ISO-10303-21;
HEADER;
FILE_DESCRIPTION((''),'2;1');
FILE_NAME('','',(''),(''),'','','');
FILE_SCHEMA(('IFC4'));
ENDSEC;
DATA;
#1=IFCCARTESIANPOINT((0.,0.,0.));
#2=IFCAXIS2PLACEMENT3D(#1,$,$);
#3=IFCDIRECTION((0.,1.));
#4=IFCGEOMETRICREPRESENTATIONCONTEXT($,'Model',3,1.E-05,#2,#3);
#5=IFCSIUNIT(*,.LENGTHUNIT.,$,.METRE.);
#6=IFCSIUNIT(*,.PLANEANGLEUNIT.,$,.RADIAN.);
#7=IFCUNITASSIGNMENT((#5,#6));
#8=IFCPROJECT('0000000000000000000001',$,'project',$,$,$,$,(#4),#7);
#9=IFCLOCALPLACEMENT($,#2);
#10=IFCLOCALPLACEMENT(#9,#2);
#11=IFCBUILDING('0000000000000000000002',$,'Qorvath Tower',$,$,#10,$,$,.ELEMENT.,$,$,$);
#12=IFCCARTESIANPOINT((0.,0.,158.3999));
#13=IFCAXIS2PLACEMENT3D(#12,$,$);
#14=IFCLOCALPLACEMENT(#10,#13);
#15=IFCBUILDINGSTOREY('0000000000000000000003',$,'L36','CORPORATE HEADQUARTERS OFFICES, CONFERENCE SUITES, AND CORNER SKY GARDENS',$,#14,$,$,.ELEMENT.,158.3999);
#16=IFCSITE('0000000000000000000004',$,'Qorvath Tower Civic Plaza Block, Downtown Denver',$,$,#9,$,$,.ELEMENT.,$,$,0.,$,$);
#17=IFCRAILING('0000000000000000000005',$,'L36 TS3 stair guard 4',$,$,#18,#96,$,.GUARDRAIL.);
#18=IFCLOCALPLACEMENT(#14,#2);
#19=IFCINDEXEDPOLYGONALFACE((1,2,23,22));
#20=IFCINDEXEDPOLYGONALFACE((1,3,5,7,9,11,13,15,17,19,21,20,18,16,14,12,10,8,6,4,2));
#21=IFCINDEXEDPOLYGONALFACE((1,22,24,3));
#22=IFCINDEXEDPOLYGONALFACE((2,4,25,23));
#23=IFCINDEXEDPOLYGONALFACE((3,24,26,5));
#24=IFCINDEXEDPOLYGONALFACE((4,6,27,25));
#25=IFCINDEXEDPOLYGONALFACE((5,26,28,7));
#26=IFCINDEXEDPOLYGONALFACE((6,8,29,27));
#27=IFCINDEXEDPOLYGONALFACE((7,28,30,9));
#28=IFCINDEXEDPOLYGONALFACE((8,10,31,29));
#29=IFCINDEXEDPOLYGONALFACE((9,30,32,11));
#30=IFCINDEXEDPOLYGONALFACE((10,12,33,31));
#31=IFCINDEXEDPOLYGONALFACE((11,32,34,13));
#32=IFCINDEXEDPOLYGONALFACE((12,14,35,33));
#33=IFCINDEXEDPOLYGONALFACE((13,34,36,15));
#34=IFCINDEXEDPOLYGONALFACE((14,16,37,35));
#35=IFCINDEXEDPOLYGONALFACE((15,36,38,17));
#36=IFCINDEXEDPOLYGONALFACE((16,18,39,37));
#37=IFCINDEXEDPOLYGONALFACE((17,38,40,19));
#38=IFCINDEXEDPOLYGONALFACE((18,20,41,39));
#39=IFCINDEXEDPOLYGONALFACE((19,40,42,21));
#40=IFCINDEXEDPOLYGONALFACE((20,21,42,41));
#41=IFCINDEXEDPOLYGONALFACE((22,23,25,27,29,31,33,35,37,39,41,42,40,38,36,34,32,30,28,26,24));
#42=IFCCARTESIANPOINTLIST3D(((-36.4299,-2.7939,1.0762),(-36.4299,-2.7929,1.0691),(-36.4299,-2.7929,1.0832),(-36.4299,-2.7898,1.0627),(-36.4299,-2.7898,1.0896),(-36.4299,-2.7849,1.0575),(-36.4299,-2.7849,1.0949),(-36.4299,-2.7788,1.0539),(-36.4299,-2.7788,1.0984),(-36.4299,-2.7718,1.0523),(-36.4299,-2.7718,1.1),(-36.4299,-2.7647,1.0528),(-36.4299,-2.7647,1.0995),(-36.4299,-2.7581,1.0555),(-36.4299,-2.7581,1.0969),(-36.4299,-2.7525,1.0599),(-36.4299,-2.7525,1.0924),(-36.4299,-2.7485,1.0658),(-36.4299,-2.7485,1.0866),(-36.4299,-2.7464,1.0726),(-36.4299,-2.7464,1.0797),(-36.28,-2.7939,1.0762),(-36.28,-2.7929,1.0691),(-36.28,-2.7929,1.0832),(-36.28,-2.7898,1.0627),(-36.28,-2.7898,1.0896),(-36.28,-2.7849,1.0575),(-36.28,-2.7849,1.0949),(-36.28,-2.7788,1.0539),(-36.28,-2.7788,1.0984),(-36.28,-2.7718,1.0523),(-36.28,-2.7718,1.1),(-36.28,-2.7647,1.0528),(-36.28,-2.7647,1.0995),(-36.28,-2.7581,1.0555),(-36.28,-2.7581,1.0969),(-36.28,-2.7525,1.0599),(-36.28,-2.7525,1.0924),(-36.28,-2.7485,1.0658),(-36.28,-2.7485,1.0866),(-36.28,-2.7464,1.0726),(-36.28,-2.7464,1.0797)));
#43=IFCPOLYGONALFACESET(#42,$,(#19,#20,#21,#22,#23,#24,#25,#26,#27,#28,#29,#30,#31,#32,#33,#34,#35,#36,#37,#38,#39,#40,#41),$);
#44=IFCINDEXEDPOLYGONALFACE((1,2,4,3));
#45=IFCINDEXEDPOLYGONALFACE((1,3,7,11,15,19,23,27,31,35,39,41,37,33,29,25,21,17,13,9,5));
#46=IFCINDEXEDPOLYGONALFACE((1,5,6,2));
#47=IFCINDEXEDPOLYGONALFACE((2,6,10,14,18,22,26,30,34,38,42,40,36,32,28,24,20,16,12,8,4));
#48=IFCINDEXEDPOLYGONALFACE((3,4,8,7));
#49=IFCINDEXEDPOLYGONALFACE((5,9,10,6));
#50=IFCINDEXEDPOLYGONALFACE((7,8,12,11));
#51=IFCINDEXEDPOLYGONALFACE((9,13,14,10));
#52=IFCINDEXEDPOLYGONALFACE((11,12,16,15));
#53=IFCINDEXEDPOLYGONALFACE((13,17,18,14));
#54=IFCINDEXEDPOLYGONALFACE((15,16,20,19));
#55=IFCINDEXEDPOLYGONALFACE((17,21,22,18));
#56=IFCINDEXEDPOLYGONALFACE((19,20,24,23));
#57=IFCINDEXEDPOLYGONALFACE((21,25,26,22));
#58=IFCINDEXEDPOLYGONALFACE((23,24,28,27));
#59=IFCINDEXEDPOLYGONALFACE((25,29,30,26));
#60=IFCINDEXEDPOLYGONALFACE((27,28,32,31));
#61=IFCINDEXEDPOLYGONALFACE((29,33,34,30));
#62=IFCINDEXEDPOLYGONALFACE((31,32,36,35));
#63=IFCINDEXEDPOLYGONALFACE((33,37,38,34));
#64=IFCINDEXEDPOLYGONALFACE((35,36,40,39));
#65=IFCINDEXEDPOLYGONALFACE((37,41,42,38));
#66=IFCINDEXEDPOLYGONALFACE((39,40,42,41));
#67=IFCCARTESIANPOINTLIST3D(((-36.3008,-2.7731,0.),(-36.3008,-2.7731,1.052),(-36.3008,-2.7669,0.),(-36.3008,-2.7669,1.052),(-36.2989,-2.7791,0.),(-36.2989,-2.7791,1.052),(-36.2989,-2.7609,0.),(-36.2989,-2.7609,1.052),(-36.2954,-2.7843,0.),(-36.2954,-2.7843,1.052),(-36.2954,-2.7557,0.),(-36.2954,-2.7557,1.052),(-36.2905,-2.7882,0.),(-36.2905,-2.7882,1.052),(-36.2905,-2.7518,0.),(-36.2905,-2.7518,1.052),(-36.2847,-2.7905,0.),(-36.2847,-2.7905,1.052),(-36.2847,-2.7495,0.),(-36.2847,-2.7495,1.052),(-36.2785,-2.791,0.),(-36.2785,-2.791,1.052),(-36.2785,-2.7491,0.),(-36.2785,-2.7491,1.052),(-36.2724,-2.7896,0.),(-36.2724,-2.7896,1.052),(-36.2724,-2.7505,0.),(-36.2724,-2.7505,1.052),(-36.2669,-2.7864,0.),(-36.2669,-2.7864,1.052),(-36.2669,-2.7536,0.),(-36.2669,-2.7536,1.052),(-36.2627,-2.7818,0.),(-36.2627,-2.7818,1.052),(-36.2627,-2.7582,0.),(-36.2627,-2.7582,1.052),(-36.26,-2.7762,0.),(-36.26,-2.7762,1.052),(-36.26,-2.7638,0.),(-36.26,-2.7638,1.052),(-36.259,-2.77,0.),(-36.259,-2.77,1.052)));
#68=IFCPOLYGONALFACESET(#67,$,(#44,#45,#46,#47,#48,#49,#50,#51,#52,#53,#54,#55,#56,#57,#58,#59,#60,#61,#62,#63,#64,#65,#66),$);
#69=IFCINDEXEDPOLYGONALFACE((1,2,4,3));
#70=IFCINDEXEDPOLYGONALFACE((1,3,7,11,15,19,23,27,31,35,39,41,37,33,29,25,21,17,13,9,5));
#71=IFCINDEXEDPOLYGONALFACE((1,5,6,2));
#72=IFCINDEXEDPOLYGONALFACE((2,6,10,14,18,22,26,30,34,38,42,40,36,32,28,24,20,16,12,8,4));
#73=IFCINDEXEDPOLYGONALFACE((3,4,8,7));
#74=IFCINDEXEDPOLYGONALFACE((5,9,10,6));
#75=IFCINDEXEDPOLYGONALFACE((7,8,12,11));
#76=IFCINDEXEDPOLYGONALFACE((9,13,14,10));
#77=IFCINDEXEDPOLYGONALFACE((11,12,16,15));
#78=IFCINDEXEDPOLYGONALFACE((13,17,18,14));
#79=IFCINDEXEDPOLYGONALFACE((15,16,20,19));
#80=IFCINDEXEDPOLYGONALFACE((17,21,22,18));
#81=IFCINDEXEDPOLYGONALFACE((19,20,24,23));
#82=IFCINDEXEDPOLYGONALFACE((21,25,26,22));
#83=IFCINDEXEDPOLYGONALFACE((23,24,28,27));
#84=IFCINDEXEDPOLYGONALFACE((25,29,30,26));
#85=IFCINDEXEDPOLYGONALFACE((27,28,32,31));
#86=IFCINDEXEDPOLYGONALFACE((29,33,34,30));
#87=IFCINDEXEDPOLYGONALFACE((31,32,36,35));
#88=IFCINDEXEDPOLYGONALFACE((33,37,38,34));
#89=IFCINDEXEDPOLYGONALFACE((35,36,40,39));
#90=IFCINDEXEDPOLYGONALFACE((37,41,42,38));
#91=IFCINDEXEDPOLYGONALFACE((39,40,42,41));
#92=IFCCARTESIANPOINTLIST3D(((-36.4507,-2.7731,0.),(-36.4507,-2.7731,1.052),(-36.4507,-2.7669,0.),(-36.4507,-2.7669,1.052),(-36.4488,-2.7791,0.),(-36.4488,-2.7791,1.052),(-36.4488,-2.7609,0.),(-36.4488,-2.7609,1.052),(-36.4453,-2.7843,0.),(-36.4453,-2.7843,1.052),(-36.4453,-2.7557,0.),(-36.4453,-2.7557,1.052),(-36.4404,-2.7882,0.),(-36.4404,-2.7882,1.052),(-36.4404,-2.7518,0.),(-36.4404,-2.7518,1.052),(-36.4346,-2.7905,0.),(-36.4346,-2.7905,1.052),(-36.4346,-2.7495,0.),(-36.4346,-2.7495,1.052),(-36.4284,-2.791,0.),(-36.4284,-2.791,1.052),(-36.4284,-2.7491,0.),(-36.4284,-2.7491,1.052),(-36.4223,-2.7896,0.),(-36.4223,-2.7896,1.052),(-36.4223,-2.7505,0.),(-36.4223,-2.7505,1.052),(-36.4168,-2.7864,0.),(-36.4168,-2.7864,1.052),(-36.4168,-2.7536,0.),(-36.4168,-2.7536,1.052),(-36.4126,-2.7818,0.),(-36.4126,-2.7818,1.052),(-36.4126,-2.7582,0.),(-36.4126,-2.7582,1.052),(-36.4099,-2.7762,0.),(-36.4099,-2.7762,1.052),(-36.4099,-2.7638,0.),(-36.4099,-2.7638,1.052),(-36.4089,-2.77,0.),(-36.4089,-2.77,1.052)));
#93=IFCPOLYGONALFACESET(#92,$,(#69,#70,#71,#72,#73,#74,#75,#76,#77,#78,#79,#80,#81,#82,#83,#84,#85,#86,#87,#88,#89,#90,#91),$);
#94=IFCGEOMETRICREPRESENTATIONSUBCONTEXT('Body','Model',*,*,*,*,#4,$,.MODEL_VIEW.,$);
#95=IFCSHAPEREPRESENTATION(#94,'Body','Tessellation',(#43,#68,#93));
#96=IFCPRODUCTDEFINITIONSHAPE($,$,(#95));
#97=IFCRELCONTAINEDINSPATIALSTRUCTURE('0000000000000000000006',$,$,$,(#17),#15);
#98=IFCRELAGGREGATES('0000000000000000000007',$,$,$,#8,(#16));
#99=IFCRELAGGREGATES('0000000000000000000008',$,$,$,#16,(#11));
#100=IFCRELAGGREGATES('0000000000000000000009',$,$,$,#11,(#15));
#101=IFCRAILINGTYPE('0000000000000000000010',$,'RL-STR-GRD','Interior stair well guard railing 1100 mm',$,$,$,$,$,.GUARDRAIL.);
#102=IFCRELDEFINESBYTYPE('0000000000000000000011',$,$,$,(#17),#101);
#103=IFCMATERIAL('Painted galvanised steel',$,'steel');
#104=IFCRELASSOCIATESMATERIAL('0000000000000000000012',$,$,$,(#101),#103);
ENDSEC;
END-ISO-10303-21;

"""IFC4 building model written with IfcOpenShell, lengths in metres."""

from ifc_helpers import new_model, si_unit, direction, frame, origin, origin_2d, place, context, subcontext, project, spatial, circle, extrude, material, type_object, element, save


model = new_model("IFC4")

# Units and contexts
model_context = context("Model", 3, precision=1e-05, world=origin(), true_north=direction((0.0, 1.0)))
body_context = subcontext(model_context, "Body", "Model", "MODEL_VIEW")
ifc_project = project(units=[si_unit("LENGTHUNIT", "METRE"), si_unit("PLANEANGLEUNIT", "RADIAN")], contexts=[model_context])

# Site, building, storey
site_placement = place(None, origin())
site = spatial("IfcSite", under=ifc_project, at=site_placement, Name="Qorvath Tower Civic Plaza Block, Downtown Denver", CompositionType="ELEMENT", RefElevation=0.0)
building_placement = place(site_placement, origin())
building = spatial("IfcBuilding", under=site, at=building_placement, Name="Qorvath Tower", CompositionType="ELEMENT")
storey_placement = place(building_placement, frame((0.0, 0.0, 158.3999)))
storey = spatial("IfcBuildingStorey", under=building, at=storey_placement, Name="L36", Description="CORPORATE HEADQUARTERS OFFICES, CONFERENCE SUITES, AND CORNER SKY GARDENS", CompositionType="ELEMENT", Elevation=158.3999)

# Railing
ifc_material_1 = material(Name="Painted galvanised steel", Category="steel")
railing_type_1 = type_object("IfcRailingType", Name="RL-STR-GRD", Description="Interior stair well guard railing 1100 mm", PredefinedType="GUARDRAIL", material=ifc_material_1)
railing_1_placement = place(storey_placement, frame((-36.28, -2.77, 0.0)))
element("IfcRailing", 1, at=railing_1_placement, inside=storey, type_object=railing_type_1, Name="L36 TS3 stair guard 4", PredefinedType="GUARDRAIL", context=body_context, shape_type="SweptSolid", body=[
    extrude(circle(Radius=0.0239, at=origin_2d()), frame((0.0, 0.0, 1.0762), z_axis=(-1.0, 0.0, 0.0), x_axis=(0.0, -1.0, 0.0)), (0.0, 0.0, 1.0), 0.1499),
    extrude(circle(Radius=0.021, at=origin_2d()), origin(), (0.0, 0.0, 1.0), 1.052),
    extrude(circle(Radius=0.021, at=origin_2d()), frame((-0.1499, 0.0, 0.0)), (0.0, 0.0, 1.0), 1.052),
])

save(model, "model.ifc")
